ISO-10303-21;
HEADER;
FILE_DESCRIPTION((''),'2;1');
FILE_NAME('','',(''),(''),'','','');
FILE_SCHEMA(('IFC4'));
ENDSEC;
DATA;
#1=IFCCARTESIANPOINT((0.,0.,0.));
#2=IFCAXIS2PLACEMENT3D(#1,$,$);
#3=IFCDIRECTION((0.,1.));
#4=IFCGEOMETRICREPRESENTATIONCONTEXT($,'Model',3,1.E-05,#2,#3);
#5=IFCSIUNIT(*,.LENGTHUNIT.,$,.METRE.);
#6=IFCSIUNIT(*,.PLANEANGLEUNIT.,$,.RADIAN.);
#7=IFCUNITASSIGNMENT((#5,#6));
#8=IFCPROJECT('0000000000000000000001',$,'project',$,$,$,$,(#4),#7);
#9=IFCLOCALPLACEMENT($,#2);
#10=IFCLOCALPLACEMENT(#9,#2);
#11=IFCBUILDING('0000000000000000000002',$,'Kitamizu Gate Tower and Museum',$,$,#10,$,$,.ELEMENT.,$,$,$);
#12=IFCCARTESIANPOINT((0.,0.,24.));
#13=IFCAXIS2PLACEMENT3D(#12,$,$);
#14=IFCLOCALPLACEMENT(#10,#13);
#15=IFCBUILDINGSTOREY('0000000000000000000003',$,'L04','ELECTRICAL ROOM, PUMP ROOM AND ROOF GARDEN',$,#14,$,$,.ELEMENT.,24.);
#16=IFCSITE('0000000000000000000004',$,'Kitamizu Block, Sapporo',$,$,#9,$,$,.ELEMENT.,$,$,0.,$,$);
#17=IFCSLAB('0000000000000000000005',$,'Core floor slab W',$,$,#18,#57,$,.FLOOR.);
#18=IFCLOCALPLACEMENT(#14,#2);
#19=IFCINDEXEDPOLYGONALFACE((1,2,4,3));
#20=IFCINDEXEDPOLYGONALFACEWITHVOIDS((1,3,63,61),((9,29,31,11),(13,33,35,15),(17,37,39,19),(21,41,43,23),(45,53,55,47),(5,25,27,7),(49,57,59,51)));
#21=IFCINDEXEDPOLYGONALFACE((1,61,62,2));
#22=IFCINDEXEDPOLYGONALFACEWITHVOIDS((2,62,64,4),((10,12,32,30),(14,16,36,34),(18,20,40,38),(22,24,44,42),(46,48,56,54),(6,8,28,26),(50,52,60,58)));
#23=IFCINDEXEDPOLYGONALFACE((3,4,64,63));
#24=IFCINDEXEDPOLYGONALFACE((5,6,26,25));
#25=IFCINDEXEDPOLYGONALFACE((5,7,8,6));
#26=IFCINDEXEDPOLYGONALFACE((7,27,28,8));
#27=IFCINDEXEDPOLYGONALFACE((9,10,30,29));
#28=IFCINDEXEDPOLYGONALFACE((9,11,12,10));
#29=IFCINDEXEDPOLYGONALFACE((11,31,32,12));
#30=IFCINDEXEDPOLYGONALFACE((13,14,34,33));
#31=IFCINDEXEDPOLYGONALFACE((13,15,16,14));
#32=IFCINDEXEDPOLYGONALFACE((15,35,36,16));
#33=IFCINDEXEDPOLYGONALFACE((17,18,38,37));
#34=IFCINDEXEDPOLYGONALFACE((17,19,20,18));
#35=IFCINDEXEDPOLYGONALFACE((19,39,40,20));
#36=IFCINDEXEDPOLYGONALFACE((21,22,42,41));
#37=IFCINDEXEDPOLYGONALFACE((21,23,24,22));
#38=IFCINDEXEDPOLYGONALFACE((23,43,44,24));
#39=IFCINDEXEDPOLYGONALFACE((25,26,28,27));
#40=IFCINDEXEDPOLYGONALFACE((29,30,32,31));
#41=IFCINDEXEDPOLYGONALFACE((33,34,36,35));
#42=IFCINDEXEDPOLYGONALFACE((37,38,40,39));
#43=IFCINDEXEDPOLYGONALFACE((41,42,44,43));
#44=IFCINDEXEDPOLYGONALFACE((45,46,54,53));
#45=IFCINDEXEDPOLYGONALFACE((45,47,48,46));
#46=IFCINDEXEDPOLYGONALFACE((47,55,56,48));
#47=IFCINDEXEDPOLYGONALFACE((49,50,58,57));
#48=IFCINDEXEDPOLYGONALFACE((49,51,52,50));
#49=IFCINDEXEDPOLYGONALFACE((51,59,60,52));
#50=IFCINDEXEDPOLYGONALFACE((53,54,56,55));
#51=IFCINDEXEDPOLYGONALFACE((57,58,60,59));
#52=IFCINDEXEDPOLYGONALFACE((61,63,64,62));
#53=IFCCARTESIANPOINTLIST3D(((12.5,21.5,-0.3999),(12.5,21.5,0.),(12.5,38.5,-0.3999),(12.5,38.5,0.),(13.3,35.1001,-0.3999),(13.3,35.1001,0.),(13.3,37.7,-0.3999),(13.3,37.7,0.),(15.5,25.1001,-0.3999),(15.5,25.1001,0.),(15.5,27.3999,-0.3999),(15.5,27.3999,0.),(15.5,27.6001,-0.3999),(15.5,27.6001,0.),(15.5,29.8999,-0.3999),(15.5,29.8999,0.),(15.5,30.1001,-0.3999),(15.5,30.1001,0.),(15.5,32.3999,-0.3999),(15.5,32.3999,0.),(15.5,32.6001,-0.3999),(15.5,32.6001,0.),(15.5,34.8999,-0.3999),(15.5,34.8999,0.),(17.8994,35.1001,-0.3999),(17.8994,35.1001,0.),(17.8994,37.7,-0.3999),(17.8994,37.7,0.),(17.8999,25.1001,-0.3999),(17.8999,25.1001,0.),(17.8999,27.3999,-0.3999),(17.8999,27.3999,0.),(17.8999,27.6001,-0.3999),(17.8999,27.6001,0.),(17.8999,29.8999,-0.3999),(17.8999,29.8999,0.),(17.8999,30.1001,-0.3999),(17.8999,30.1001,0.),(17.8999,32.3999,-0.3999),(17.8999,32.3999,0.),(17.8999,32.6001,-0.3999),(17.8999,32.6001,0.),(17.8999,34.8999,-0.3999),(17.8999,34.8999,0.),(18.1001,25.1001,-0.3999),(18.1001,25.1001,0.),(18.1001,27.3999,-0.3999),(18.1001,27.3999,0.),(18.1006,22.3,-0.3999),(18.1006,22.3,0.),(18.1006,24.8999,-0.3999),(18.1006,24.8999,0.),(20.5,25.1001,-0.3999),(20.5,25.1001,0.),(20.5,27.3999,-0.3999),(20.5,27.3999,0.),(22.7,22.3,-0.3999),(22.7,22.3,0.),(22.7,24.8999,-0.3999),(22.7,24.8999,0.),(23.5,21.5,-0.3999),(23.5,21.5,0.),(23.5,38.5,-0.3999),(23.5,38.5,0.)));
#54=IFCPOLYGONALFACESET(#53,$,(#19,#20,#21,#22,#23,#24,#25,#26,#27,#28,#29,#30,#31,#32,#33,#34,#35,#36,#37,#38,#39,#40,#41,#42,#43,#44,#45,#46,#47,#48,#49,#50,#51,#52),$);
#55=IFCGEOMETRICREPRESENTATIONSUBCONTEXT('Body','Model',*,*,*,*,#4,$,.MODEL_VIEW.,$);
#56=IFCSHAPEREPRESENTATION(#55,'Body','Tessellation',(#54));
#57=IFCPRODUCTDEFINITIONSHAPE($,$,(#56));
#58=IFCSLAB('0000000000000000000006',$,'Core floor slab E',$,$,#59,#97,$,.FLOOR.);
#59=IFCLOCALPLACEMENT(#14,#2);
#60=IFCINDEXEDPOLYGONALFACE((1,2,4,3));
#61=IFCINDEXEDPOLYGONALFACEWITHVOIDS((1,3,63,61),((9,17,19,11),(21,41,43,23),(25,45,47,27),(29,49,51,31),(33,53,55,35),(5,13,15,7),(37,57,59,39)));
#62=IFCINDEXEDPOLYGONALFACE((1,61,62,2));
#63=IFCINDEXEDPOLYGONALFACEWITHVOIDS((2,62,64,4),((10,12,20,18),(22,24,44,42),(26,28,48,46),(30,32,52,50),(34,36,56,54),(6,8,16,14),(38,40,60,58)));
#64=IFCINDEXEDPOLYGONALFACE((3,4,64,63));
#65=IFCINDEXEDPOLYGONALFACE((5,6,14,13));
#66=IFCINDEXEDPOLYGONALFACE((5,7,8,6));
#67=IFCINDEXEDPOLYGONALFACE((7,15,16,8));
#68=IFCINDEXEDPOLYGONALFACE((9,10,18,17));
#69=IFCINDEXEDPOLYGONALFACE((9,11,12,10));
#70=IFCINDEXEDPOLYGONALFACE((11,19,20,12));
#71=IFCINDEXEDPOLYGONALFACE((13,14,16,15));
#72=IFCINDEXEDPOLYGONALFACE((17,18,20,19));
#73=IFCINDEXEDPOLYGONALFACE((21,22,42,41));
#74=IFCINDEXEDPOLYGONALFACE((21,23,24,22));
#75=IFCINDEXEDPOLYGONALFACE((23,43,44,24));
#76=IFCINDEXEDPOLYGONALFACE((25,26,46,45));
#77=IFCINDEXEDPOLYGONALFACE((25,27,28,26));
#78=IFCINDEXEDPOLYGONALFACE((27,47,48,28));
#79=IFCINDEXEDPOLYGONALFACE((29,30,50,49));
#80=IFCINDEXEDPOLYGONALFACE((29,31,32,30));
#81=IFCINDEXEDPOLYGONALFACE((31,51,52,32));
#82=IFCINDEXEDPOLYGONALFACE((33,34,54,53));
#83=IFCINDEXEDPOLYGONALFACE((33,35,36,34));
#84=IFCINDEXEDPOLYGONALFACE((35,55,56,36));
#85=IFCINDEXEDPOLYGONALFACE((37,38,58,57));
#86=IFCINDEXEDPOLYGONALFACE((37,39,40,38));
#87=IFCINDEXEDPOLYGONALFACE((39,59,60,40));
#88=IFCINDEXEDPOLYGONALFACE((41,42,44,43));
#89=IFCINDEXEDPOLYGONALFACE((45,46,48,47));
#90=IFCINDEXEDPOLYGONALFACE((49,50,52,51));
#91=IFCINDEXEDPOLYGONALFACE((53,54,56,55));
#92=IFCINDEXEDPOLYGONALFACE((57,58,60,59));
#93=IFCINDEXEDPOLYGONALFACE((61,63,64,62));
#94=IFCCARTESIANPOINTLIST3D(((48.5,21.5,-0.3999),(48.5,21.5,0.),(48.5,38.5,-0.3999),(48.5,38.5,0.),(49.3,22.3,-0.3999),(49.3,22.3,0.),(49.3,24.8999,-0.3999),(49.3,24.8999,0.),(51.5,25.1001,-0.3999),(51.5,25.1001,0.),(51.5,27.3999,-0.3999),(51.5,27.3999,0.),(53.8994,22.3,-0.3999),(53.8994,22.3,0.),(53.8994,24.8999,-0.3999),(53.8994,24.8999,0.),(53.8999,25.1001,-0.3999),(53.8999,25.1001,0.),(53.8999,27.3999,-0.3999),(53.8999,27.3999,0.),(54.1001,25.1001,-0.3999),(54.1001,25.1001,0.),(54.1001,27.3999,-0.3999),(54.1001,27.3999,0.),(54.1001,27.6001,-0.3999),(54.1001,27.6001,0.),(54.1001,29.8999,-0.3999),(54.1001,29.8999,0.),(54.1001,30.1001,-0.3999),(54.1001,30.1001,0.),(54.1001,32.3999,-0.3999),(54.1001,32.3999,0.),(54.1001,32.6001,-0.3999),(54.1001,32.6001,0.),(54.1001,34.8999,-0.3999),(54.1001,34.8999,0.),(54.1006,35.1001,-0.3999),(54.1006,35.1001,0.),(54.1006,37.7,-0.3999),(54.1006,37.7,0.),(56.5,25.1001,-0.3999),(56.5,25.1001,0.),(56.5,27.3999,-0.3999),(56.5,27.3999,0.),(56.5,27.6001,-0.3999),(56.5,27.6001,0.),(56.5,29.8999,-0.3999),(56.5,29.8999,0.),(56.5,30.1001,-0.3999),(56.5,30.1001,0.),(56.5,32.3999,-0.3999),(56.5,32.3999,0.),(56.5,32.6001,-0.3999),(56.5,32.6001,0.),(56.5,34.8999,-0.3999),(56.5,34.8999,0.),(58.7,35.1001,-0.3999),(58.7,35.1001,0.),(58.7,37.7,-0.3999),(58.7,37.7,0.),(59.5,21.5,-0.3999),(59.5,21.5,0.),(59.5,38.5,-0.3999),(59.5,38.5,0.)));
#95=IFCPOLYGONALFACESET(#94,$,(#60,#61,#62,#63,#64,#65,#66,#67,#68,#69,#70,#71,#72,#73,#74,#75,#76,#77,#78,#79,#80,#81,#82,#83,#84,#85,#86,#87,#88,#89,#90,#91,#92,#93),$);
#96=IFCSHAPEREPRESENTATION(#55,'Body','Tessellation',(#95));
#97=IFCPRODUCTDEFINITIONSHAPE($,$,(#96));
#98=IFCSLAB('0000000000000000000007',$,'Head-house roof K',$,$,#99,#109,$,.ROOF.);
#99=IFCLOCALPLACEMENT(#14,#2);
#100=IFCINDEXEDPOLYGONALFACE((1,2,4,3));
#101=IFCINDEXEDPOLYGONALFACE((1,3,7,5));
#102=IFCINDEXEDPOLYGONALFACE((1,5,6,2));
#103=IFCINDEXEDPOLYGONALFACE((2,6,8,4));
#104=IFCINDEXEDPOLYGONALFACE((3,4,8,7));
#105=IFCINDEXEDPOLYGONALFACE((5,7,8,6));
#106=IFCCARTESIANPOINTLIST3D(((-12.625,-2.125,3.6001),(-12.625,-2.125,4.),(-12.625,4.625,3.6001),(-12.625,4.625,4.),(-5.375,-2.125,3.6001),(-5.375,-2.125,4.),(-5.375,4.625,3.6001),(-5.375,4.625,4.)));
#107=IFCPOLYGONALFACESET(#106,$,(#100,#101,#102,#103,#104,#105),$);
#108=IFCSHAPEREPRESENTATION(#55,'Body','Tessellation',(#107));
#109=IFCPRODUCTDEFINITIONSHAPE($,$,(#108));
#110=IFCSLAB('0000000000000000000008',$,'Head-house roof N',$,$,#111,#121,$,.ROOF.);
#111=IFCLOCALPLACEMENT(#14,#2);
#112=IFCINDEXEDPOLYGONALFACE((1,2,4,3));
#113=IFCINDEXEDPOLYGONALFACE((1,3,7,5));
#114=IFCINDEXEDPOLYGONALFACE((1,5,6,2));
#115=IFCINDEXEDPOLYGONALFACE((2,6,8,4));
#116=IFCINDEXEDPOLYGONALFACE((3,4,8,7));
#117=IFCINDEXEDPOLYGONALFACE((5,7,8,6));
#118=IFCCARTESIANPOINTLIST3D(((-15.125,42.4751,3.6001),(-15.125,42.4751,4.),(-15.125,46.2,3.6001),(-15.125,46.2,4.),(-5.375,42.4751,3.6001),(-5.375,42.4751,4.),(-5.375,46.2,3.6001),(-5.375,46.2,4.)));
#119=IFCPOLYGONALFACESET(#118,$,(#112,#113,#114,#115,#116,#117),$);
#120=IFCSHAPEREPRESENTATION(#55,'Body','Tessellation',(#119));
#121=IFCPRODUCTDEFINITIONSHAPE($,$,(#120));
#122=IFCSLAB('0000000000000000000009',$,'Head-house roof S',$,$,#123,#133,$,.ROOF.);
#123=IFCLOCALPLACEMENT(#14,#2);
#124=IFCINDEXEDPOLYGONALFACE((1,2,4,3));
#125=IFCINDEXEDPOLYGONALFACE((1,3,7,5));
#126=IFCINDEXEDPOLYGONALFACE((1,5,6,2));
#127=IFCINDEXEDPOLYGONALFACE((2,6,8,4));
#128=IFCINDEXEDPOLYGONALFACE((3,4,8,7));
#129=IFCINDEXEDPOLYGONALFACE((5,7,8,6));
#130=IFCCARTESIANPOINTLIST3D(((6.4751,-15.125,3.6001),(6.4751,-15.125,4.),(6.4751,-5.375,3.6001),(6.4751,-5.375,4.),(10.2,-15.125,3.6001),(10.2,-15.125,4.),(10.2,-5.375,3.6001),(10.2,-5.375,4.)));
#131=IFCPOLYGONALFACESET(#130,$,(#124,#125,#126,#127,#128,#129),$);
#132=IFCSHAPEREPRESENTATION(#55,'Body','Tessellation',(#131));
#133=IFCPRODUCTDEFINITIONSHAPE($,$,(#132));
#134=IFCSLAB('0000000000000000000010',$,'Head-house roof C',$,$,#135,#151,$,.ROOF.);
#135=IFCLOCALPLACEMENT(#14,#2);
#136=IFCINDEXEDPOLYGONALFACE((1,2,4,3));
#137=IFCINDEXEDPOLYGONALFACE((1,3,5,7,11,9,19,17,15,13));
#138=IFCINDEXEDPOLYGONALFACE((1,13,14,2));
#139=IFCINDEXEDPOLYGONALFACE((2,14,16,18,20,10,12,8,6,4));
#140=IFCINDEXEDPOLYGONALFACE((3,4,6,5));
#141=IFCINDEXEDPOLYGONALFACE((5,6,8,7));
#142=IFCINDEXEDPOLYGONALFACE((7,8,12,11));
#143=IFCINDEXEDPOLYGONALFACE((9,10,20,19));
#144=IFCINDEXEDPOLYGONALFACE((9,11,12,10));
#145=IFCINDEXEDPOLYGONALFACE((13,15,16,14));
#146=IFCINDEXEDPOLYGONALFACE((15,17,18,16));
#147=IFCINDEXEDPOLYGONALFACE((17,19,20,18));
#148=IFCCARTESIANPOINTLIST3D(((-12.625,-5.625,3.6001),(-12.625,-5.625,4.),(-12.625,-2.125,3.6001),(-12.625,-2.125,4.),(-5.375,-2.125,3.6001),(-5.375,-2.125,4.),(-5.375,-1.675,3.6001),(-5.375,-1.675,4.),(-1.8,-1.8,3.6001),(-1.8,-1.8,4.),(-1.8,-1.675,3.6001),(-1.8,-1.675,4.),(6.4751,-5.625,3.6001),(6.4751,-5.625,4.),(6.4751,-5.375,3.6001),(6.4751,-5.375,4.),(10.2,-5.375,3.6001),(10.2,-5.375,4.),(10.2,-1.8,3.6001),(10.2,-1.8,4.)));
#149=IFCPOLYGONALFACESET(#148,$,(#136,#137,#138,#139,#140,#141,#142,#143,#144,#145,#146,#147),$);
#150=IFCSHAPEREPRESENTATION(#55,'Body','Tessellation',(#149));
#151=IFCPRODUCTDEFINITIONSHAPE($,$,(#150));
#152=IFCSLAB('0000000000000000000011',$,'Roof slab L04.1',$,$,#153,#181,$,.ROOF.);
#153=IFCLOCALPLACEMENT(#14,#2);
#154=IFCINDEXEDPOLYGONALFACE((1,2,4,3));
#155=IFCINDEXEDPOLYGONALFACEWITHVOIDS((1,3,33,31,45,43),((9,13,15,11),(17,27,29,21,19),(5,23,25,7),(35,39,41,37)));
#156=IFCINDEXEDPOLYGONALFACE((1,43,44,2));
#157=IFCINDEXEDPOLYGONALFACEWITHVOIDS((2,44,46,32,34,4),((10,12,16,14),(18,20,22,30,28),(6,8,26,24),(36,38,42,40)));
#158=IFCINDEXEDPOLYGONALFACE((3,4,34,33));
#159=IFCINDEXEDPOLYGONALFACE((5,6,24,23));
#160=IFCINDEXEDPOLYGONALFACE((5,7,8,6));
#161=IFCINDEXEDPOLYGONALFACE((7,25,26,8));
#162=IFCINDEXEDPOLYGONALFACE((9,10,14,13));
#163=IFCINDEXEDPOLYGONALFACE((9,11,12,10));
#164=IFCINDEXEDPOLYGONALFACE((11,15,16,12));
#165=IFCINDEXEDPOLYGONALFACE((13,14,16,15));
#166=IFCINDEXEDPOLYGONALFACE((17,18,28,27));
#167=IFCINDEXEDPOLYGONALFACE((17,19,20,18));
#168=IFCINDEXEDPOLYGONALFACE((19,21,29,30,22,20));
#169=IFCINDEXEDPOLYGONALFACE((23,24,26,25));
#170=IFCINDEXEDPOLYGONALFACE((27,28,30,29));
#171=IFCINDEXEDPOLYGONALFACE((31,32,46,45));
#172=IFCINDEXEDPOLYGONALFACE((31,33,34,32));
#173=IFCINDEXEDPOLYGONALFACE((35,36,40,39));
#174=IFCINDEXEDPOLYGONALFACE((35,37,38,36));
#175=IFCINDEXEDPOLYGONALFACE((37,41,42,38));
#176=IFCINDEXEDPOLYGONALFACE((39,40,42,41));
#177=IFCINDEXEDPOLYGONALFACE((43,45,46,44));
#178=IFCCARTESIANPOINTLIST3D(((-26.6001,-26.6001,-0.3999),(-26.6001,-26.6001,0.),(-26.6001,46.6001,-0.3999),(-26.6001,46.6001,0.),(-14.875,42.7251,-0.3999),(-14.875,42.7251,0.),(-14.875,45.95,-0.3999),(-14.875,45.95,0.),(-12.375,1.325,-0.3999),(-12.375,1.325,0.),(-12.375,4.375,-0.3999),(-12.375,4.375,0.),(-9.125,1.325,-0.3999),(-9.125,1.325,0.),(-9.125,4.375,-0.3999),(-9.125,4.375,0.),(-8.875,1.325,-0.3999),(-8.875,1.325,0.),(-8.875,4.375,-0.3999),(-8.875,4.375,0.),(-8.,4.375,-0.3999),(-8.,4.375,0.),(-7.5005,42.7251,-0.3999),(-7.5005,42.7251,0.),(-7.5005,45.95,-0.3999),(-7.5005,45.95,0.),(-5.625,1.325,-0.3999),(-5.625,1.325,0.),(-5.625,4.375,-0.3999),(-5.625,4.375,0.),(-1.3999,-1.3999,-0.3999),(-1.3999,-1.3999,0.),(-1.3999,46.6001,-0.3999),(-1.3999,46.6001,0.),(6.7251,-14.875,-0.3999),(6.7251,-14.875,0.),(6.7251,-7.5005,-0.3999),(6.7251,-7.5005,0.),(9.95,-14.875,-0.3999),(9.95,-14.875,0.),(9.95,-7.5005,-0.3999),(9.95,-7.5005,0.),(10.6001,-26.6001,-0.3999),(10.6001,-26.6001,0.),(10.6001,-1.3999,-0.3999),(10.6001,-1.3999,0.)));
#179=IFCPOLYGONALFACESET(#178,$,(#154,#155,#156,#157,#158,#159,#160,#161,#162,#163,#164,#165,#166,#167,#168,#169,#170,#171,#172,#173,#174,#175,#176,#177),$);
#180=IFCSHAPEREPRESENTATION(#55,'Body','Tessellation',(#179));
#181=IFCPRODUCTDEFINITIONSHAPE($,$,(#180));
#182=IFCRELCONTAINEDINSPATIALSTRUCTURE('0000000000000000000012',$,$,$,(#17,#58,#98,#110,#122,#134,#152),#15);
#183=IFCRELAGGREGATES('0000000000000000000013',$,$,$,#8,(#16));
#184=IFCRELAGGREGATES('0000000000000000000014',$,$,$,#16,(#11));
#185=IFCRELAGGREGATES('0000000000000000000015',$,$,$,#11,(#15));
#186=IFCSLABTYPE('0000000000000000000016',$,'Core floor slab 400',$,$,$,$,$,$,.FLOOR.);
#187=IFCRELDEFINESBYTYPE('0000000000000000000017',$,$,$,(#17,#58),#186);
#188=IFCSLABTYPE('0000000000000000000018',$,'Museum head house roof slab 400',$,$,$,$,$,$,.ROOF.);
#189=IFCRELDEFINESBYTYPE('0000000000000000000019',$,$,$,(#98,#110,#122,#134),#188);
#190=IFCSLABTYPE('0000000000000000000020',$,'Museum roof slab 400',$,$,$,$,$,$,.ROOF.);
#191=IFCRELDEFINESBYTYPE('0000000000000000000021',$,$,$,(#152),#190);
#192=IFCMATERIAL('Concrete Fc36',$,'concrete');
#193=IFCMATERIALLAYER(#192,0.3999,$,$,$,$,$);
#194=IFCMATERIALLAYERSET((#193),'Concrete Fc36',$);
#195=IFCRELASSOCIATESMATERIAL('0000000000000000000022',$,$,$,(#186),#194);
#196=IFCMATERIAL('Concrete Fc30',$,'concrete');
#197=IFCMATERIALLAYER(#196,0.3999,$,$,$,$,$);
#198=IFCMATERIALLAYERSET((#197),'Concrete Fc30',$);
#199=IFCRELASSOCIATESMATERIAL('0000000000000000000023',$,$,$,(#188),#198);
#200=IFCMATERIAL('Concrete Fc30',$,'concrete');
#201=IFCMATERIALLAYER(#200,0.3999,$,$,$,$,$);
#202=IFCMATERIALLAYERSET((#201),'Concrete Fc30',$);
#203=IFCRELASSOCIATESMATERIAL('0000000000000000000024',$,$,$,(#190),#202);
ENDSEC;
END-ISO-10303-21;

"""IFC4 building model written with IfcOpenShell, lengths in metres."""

from ifc_helpers import new_model, si_unit, direction, frame, origin, place, context, subcontext, project, spatial, polyline, outline, extrude, material, layer, layer_set, type_object, element, save


model = new_model("IFC4")

# Units and contexts
model_context = context("Model", 3, precision=1e-05, world=origin(), true_north=direction((0.0, 1.0)))
body_context = subcontext(model_context, "Body", "Model", "MODEL_VIEW")
ifc_project = project(units=[si_unit("LENGTHUNIT", "METRE"), si_unit("PLANEANGLEUNIT", "RADIAN")], contexts=[model_context])

# Site, building, storey
site_placement = place(None, origin())
site = spatial("IfcSite", under=ifc_project, at=site_placement, Name="Kitamizu Block, Sapporo", CompositionType="ELEMENT", RefElevation=0.0)
building_placement = place(site_placement, origin())
building = spatial("IfcBuilding", under=site, at=building_placement, Name="Kitamizu Gate Tower and Museum", CompositionType="ELEMENT")
storey_placement = place(building_placement, frame((0.0, 0.0, 24.0)))
storey = spatial("IfcBuildingStorey", under=building, at=storey_placement, Name="L04", Description="ELECTRICAL ROOM, PUMP ROOM AND ROOF GARDEN", CompositionType="ELEMENT", Elevation=24.0)

# Slabs
ifc_material_1 = material(Name="Concrete Fc36", Category="concrete")
ifc_layer_1 = layer(ifc_material_1, 0.3999)
ifc_layer_set_1 = layer_set([ifc_layer_1], Name="Concrete Fc36")
slab_type_1 = type_object("IfcSlabType", Name="Core floor slab 400", PredefinedType="FLOOR", material=ifc_layer_set_1)
slab_1_placement = place(storey_placement, frame((0.0, 0.0, -0.3999)))
element("IfcSlab", 1, at=slab_1_placement, inside=storey, type_object=slab_type_1, Name="Core floor slab W", PredefinedType="FLOOR", context=body_context, shape_type="SweptSolid", body=[
    extrude(outline(polyline([(12.5, 21.5), (23.5, 21.5), (23.5, 38.5), (12.5, 38.5), (12.5, 21.5)]), holes=[polyline([(15.5, 25.1001), (17.8999, 25.1001), (17.8999, 27.3999), (15.5, 27.3999), (15.5, 25.1001)]), polyline([(15.5, 27.6001), (17.8999, 27.6001), (17.8999, 29.8999), (15.5, 29.8999), (15.5, 27.6001)]), polyline([(15.5, 30.1001), (17.8999, 30.1001), (17.8999, 32.3999), (15.5, 32.3999), (15.5, 30.1001)]), polyline([(15.5, 32.6001), (17.8999, 32.6001), (17.8999, 34.8999), (15.5, 34.8999), (15.5, 32.6001)]), polyline([(18.1001, 25.1001), (20.5, 25.1001), (20.5, 27.3999), (18.1001, 27.3999), (18.1001, 25.1001)]), polyline([(18.1006, 22.3), (22.7, 22.3), (22.7, 24.8999), (18.1006, 24.8999), (18.1006, 22.3)]), polyline([(13.3, 35.1001), (17.8994, 35.1001), (17.8994, 37.7), (13.3, 37.7), (13.3, 35.1001)])]), origin(), (0.0, 0.0, 1.0), 0.3999),
])
slab_2_placement = place(storey_placement, frame((0.0, 0.0, -0.3999)))
element("IfcSlab", 2, at=slab_2_placement, inside=storey, type_object=slab_type_1, Name="Core floor slab E", PredefinedType="FLOOR", context=body_context, shape_type="SweptSolid", body=[
    extrude(outline(polyline([(48.5, 21.5), (59.5, 21.5), (59.5, 38.5), (48.5, 38.5), (48.5, 21.5)]), holes=[polyline([(54.1001, 25.1001), (56.5, 25.1001), (56.5, 27.3999), (54.1001, 27.3999), (54.1001, 25.1001)]), polyline([(54.1001, 27.6001), (56.5, 27.6001), (56.5, 29.8999), (54.1001, 29.8999), (54.1001, 27.6001)]), polyline([(54.1001, 30.1001), (56.5, 30.1001), (56.5, 32.3999), (54.1001, 32.3999), (54.1001, 30.1001)]), polyline([(54.1001, 32.6001), (56.5, 32.6001), (56.5, 34.8999), (54.1001, 34.8999), (54.1001, 32.6001)]), polyline([(51.5, 25.1001), (53.8999, 25.1001), (53.8999, 27.3999), (51.5, 27.3999), (51.5, 25.1001)]), polyline([(49.3, 22.3), (53.8994, 22.3), (53.8994, 24.8999), (49.3, 24.8999), (49.3, 22.3)]), polyline([(54.1006, 35.1001), (58.7, 35.1001), (58.7, 37.7), (54.1006, 37.7), (54.1006, 35.1001)])]), origin(), (0.0, 0.0, 1.0), 0.3999),
])
ifc_material_2 = material(Name="Concrete Fc30", Category="concrete")
ifc_layer_2 = layer(ifc_material_2, 0.3999)
ifc_layer_set_2 = layer_set([ifc_layer_2], Name="Concrete Fc30")
slab_type_2 = type_object("IfcSlabType", Name="Museum head house roof slab 400", PredefinedType="ROOF", material=ifc_layer_set_2)
slab_3_placement = place(storey_placement, frame((0.0, 0.0, 3.6001)))
element("IfcSlab", 3, at=slab_3_placement, inside=storey, type_object=slab_type_2, Name="Head-house roof K", PredefinedType="ROOF", context=body_context, shape_type="SweptSolid", body=[
    extrude(outline(polyline([(-12.625, -2.125), (-12.625, 4.625), (-5.375, 4.625), (-5.375, -2.125), (-12.625, -2.125)])), origin(), (0.0, 0.0, 1.0), 0.3999),
])
slab_4_placement = place(storey_placement, frame((0.0, 0.0, 3.6001)))
element("IfcSlab", 4, at=slab_4_placement, inside=storey, type_object=slab_type_2, Name="Head-house roof N", PredefinedType="ROOF", context=body_context, shape_type="SweptSolid", body=[
    extrude(outline(polyline([(-15.125, 42.4751), (-15.125, 46.2), (-5.375, 46.2), (-5.375, 42.4751), (-15.125, 42.4751)])), origin(), (0.0, 0.0, 1.0), 0.3999),
])
slab_5_placement = place(storey_placement, frame((0.0, 0.0, 3.6001)))
element("IfcSlab", 5, at=slab_5_placement, inside=storey, type_object=slab_type_2, Name="Head-house roof S", PredefinedType="ROOF", context=body_context, shape_type="SweptSolid", body=[
    extrude(outline(polyline([(6.4751, -15.125), (6.4751, -5.375), (10.2, -5.375), (10.2, -15.125), (6.4751, -15.125)])), origin(), (0.0, 0.0, 1.0), 0.3999),
])
slab_6_placement = place(storey_placement, frame((0.0, 0.0, 3.6001)))
element("IfcSlab", 6, at=slab_6_placement, inside=storey, type_object=slab_type_2, Name="Head-house roof C", PredefinedType="ROOF", context=body_context, shape_type="SweptSolid", body=[
    extrude(outline(polyline([(-1.8, -1.675), (-1.8, -1.8), (10.2, -1.8), (10.2, -5.375), (6.4751, -5.375), (6.4751, -5.625), (-12.625, -5.625), (-12.625, -2.125), (-5.375, -2.125), (-5.375, -1.675), (-1.8, -1.675)])), origin(), (0.0, 0.0, 1.0), 0.3999),
])
ifc_material_3 = material(Name="Concrete Fc30", Category="concrete")
ifc_layer_3 = layer(ifc_material_3, 0.3999)
ifc_layer_set_3 = layer_set([ifc_layer_3], Name="Concrete Fc30")
slab_type_3 = type_object("IfcSlabType", Name="Museum roof slab 400", PredefinedType="ROOF", material=ifc_layer_set_3)
slab_7_placement = place(storey_placement, frame((0.0, 0.0, -0.3999)))
element("IfcSlab", 7, at=slab_7_placement, inside=storey, type_object=slab_type_3, Name="Roof slab L04.1", PredefinedType="ROOF", context=body_context, shape_type="SweptSolid", body=[
    extrude(outline(polyline([(-1.3999, 46.6001), (-1.3999, -1.3999), (10.6001, -1.3999), (10.6001, -26.6001), (-26.6001, -26.6001), (-26.6001, 46.6001), (-1.3999, 46.6001)]), holes=[polyline([(6.7251, -14.875), (9.95, -14.875), (9.95, -7.5005), (6.7251, -7.5005), (6.7251, -14.875)]), polyline([(-8.875, 1.325), (-5.625, 1.325), (-5.625, 4.375), (-8.0, 4.375), (-8.875, 4.375), (-8.875, 1.325)]), polyline([(-7.5005, 42.7251), (-7.5005, 45.95), (-14.875, 45.95), (-14.875, 42.7251), (-7.5005, 42.7251)]), polyline([(-12.375, 4.375), (-12.375, 1.325), (-9.125, 1.325), (-9.125, 4.375), (-12.375, 4.375)])]), origin(), (0.0, 0.0, 1.0), 0.3999),
])

save(model, "model.ifc")
